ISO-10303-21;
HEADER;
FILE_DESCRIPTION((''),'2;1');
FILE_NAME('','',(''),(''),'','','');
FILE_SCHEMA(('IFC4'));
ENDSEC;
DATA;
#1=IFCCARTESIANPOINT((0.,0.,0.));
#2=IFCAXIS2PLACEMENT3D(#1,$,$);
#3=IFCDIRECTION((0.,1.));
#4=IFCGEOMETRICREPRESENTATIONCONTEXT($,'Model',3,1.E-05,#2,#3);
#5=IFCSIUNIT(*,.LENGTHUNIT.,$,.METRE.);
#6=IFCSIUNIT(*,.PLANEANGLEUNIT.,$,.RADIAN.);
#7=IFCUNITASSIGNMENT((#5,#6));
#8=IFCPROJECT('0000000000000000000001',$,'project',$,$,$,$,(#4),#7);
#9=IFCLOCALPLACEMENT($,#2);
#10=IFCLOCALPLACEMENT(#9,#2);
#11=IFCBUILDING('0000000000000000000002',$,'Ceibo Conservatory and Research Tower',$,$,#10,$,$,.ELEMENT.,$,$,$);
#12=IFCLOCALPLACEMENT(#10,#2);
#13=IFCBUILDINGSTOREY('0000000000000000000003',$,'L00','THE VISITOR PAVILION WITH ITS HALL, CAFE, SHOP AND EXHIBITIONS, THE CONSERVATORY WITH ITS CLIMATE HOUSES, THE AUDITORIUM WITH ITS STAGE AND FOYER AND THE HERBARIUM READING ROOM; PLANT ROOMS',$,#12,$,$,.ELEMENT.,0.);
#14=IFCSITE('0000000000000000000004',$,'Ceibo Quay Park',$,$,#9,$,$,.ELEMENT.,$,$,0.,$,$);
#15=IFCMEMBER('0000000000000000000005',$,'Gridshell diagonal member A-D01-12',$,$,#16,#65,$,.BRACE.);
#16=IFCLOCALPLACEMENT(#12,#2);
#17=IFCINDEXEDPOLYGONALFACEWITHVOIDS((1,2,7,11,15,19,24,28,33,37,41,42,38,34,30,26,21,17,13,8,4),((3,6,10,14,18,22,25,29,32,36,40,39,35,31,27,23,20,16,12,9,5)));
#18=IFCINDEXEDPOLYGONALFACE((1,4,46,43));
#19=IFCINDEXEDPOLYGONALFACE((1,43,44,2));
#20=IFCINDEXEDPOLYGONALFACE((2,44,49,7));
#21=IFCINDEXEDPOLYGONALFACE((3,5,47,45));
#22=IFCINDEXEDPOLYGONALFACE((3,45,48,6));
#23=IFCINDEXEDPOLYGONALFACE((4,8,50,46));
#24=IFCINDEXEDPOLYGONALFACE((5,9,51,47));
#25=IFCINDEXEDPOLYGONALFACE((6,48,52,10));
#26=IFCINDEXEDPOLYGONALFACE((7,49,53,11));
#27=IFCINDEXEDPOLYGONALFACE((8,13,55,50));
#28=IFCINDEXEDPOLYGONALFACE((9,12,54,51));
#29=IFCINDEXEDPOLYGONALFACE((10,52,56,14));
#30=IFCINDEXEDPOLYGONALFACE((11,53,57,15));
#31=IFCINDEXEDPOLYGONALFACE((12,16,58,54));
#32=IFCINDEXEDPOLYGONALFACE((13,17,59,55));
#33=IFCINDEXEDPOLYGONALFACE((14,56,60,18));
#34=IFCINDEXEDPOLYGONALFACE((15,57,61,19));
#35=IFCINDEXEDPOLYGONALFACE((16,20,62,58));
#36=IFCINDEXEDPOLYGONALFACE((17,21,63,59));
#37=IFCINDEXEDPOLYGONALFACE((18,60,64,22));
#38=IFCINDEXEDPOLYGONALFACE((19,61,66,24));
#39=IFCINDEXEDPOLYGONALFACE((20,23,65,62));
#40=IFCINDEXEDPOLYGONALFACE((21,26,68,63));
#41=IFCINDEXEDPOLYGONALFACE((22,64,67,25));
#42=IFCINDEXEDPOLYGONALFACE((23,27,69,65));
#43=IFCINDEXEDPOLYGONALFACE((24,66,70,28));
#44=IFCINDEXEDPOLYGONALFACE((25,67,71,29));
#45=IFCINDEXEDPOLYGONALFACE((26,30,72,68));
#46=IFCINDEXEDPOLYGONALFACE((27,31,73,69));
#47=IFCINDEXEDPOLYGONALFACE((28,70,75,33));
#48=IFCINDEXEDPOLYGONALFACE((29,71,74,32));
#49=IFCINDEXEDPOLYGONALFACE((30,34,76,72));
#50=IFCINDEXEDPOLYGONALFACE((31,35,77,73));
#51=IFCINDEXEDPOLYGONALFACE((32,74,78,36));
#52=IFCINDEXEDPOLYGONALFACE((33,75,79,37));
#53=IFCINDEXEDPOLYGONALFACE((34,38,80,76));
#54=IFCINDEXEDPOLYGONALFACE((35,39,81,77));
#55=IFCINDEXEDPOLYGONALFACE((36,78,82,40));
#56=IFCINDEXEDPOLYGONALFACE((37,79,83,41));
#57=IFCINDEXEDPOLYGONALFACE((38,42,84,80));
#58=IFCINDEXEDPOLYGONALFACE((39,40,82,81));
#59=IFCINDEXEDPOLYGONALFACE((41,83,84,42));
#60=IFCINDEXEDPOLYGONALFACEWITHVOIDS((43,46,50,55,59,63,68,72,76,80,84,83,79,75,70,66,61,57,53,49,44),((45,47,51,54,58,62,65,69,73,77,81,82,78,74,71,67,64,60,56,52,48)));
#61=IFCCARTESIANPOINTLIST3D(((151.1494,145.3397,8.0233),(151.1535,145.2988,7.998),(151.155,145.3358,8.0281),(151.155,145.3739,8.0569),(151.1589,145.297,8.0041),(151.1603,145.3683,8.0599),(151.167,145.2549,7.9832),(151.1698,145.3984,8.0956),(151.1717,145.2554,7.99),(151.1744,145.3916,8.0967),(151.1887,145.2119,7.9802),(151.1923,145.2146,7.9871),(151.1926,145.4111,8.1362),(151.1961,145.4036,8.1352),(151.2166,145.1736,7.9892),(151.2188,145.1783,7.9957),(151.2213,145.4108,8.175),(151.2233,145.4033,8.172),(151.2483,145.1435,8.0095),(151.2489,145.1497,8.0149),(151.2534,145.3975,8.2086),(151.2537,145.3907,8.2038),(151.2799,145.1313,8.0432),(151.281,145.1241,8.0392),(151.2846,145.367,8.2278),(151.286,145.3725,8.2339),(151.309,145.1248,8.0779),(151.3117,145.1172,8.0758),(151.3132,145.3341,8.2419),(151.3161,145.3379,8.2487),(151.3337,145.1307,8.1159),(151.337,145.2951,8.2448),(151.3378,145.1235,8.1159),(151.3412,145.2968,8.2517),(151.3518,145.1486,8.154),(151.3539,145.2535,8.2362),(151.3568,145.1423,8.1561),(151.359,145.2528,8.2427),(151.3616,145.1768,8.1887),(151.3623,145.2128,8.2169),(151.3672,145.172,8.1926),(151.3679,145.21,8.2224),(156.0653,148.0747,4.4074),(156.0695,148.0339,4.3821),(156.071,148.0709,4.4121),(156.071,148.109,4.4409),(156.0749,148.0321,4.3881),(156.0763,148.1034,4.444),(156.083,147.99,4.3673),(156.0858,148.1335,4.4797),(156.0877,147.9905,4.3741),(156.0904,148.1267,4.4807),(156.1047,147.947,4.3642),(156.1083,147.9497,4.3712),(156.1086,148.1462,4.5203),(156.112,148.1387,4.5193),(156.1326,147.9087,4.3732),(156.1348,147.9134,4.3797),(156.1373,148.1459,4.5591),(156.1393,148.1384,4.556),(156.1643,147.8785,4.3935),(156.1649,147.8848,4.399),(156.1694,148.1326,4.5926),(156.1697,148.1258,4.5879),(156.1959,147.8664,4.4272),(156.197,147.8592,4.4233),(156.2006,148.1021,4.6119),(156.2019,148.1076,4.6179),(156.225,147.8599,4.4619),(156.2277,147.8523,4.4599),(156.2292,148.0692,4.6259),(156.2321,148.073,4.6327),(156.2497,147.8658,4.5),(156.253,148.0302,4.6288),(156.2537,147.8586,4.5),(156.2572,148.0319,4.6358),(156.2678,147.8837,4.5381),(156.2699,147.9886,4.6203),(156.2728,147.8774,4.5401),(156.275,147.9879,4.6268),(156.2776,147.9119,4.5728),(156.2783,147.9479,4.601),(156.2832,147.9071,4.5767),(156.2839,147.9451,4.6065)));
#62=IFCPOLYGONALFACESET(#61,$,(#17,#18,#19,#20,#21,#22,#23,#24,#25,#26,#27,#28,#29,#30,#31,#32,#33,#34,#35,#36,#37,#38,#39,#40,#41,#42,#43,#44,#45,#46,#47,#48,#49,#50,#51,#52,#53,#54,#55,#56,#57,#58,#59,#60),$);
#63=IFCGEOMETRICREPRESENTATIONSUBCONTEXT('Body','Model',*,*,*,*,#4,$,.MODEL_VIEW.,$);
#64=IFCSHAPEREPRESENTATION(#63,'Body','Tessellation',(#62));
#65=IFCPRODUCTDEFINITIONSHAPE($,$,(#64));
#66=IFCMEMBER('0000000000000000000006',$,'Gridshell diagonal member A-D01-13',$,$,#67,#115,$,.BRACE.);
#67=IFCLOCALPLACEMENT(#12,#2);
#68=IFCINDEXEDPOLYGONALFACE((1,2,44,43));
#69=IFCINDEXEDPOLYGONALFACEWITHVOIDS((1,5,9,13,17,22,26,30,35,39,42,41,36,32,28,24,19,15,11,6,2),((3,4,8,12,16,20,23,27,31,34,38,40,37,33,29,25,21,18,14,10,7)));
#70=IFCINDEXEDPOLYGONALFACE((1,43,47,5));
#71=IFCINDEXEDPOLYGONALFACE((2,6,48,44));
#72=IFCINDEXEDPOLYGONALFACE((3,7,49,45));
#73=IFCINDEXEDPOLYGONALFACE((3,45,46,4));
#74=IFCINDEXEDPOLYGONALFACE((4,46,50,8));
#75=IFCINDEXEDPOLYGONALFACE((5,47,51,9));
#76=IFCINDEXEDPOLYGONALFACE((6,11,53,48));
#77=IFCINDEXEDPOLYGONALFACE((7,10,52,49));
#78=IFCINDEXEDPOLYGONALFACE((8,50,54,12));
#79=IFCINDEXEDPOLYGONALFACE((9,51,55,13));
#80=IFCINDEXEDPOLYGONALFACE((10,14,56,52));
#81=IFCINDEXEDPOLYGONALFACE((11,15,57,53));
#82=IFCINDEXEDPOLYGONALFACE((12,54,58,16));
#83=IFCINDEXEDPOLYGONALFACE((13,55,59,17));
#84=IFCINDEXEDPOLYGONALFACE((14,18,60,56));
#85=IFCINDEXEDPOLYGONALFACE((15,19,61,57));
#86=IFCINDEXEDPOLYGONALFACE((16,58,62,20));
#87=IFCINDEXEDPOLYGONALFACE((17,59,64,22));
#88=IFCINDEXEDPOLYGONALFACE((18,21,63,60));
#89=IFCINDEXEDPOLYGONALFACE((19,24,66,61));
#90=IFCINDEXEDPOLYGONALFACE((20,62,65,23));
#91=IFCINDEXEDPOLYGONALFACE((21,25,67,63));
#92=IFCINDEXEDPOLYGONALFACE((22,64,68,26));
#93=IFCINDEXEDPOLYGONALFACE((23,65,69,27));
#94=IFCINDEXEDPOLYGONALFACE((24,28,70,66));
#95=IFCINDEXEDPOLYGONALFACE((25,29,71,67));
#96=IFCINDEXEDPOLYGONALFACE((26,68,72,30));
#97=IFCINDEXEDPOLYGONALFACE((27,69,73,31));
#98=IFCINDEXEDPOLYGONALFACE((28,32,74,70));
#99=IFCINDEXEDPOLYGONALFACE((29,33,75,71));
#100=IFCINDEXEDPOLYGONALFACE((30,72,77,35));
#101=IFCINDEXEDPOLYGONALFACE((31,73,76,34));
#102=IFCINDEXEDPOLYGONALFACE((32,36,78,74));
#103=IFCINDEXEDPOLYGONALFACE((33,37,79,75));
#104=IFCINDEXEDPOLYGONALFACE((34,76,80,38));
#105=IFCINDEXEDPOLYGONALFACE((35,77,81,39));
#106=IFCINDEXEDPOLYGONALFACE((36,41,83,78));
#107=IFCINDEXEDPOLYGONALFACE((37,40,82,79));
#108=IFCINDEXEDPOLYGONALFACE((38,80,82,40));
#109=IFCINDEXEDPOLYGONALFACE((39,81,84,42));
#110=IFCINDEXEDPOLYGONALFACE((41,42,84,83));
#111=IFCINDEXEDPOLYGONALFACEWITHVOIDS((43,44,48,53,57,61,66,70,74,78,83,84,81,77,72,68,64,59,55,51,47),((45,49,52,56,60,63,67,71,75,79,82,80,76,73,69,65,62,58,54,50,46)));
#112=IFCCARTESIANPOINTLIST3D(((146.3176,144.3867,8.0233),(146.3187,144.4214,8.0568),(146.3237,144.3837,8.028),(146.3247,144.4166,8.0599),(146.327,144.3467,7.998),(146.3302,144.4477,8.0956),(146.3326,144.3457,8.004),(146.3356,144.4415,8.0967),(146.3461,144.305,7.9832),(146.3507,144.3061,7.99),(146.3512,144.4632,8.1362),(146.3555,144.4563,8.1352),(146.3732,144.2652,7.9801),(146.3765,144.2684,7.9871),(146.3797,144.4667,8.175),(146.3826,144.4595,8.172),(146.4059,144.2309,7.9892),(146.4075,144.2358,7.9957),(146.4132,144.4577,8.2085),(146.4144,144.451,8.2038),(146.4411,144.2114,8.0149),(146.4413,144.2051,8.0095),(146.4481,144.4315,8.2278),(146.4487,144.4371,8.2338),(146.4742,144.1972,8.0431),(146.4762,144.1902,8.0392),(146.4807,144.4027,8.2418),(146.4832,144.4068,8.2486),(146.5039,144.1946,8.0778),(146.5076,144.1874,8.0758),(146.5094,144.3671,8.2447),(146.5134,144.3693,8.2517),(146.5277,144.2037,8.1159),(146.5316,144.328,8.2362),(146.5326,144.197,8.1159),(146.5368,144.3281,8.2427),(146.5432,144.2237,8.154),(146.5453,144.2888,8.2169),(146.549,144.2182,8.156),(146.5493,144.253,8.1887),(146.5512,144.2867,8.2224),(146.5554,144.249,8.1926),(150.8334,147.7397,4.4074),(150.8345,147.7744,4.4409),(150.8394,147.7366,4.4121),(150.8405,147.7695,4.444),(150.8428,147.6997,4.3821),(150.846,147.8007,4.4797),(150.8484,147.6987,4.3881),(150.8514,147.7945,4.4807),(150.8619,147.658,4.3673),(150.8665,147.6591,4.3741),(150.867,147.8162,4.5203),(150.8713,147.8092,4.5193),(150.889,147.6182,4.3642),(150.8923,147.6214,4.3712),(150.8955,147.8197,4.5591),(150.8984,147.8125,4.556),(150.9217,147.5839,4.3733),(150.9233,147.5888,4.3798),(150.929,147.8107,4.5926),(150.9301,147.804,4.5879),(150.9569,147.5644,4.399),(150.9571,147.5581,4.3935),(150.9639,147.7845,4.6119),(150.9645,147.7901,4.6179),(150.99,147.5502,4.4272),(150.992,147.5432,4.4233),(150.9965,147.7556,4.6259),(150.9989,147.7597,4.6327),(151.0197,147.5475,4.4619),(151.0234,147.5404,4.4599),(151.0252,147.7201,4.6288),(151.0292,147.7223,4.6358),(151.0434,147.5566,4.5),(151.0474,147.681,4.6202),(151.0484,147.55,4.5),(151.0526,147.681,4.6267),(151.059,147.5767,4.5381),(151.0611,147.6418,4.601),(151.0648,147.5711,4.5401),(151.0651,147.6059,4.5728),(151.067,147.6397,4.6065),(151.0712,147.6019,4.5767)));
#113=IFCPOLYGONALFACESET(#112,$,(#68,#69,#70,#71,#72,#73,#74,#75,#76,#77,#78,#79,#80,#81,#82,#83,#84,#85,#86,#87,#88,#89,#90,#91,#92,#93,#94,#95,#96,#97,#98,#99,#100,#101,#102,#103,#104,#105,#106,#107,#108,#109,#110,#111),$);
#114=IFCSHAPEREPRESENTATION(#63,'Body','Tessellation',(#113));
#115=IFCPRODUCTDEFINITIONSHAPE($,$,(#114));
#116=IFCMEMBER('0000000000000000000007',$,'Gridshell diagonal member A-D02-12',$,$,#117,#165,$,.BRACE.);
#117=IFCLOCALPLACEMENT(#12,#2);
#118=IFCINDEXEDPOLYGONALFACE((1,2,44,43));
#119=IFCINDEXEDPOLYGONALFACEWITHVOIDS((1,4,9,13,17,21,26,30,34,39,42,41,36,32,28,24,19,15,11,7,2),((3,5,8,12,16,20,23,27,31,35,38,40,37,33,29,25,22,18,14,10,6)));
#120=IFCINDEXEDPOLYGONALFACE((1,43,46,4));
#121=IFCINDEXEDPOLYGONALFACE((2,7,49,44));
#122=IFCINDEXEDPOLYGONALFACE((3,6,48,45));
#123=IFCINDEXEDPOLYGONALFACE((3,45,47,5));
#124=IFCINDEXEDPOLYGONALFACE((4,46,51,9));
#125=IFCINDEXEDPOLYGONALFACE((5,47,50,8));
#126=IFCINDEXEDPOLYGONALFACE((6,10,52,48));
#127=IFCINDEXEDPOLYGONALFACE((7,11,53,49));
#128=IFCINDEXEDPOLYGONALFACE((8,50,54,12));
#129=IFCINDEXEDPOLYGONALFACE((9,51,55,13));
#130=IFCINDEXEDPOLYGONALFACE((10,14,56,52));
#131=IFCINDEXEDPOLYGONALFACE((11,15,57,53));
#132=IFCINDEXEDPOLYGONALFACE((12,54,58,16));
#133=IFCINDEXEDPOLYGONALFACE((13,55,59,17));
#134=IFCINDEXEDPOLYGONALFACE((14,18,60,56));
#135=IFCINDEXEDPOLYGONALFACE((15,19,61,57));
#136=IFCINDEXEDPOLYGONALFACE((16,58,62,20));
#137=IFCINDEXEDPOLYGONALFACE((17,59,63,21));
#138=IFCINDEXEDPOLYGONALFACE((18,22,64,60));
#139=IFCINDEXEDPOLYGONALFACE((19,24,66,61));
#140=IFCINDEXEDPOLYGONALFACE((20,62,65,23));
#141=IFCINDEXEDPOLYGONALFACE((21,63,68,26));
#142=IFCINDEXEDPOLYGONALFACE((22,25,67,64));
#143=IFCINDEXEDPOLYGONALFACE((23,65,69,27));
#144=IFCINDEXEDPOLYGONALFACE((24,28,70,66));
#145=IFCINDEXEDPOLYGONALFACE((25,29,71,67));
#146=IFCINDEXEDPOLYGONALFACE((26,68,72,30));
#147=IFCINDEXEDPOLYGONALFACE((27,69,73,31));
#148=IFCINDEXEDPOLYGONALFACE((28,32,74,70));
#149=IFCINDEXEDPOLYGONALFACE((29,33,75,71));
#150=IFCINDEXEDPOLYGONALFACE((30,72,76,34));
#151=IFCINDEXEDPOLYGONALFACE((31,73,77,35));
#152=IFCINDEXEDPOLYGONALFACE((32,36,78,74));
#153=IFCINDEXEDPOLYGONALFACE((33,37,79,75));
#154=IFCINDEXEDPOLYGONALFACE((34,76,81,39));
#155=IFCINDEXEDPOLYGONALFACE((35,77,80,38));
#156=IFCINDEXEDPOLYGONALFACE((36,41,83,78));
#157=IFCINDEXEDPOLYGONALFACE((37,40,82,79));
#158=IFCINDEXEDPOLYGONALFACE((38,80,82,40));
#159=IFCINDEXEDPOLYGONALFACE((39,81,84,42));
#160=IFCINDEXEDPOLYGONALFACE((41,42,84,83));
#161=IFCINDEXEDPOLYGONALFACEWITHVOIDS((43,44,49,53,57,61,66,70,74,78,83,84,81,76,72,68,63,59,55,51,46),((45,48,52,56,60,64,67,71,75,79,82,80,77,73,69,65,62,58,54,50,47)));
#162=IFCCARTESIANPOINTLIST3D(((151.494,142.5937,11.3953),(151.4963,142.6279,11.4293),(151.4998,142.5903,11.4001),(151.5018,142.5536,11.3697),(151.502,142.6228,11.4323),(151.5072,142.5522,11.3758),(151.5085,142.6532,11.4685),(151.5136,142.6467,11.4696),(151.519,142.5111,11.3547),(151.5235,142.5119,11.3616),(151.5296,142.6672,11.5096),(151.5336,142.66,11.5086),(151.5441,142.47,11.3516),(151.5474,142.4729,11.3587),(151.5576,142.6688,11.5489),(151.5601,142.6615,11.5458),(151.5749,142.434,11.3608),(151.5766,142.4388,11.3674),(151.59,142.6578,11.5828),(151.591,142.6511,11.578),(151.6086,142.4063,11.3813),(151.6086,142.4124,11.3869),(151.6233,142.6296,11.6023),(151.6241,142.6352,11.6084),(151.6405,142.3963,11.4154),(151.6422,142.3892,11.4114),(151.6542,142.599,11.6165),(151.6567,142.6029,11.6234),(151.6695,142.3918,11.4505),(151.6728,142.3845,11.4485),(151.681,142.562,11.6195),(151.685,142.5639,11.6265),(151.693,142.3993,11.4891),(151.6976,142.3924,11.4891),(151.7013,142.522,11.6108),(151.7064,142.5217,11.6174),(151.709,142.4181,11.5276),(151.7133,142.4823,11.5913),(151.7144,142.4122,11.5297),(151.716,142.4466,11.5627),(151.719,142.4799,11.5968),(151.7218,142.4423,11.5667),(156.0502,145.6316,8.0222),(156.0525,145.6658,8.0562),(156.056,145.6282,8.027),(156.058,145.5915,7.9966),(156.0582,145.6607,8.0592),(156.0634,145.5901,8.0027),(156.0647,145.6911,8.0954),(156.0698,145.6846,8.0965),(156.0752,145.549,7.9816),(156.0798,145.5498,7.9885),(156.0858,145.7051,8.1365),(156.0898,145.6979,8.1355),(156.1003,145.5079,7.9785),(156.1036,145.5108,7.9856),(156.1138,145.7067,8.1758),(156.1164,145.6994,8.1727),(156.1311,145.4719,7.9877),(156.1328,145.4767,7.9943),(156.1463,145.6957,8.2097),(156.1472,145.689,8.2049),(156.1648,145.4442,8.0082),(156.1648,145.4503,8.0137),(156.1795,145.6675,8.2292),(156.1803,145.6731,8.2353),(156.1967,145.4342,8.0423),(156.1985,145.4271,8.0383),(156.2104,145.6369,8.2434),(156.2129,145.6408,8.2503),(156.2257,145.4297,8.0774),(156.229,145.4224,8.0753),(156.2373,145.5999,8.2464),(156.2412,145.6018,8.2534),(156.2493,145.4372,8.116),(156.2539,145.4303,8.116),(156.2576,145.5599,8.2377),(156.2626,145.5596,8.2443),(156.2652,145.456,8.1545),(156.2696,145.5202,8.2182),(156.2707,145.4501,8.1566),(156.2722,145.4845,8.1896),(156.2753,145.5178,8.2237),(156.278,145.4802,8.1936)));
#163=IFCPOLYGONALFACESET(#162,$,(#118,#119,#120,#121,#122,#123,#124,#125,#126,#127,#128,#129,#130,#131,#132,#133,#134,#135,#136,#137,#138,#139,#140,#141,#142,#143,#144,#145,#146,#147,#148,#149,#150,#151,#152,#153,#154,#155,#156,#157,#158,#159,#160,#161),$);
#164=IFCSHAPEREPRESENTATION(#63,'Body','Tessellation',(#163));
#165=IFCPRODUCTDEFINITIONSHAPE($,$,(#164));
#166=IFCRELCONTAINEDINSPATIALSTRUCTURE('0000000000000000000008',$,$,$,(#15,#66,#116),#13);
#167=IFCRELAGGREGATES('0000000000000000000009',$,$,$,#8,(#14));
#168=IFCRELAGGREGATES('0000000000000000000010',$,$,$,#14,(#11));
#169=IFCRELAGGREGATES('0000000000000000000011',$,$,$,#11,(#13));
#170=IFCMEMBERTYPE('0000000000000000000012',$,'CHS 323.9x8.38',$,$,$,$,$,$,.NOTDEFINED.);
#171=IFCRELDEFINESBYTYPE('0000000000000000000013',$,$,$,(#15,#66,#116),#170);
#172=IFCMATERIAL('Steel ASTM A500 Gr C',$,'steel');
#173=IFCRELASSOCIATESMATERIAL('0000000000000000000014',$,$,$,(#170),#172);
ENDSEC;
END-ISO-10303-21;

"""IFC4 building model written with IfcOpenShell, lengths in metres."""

from ifc_helpers import new_model, si_unit, direction, frame, origin, origin_2d, place, context, subcontext, project, spatial, hollow_circle, extrude, material, material_profile, profile_set, type_object, element, save


model = new_model("IFC4")

# Units and contexts
model_context = context("Model", 3, precision=1e-05, world=origin(), true_north=direction((0.0, 1.0)))
body_context = subcontext(model_context, "Body", "Model", "MODEL_VIEW")
ifc_project = project(units=[si_unit("LENGTHUNIT", "METRE"), si_unit("PLANEANGLEUNIT", "RADIAN")], contexts=[model_context])

# Site, building, storey
site_placement = place(None, origin())
site = spatial("IfcSite", under=ifc_project, at=site_placement, Name="Ceibo Quay Park", CompositionType="ELEMENT", RefElevation=0.0)
building_placement = place(site_placement, origin())
building = spatial("IfcBuilding", under=site, at=building_placement, Name="Ceibo Conservatory and Research Tower", CompositionType="ELEMENT")
storey_placement = place(building_placement, origin())
storey = spatial("IfcBuildingStorey", under=building, at=storey_placement, Name="L00", Description="THE VISITOR PAVILION WITH ITS HALL, CAFE, SHOP AND EXHIBITIONS, THE CONSERVATORY WITH ITS CLIMATE HOUSES, THE AUDITORIUM WITH ITS STAGE AND FOYER AND THE HERBARIUM READING ROOM; PLANT ROOMS", CompositionType="ELEMENT", Elevation=0.0)

# Members
ifc_material_1 = material(Name="Steel ASTM A500 Gr C", Category="steel")
ifc_material_profile_1 = material_profile(ifc_material_1, hollow_circle(Radius=0.1619, WallThickness=0.0083, at=origin_2d()), Name="CHS 323.9x8.38")
ifc_profile_set_1 = profile_set([ifc_material_profile_1], Name="Steel ASTM A500 Gr C")
member_type_1 = type_object("IfcMemberType", Name="CHS 323.9x8.38", PredefinedType="NOTDEFINED", material=ifc_profile_set_1)
member_1_placement = place(storey_placement, frame((156.175, 148.0, 4.5), z_axis=(-0.7351, -0.408985, 0.540702), x_axis=(0.486184, -0.873856, 0.0)))
element("IfcMember", 1, at=member_1_placement, inside=storey, type_object=member_type_1, Name="Gridshell diagonal member A-D01-12", PredefinedType="BRACE", context=body_context, shape_type="SweptSolid", body=[
    extrude(hollow_circle(Radius=0.1619, WallThickness=0.0083, at=origin_2d()), origin(), (0.0, 0.0, 1.0), 6.6875),
])
member_2_placement = place(storey_placement, frame((150.9519, 147.6799, 4.5), z_axis=(-0.675358, -0.501452, 0.540775), x_axis=(0.596139, -0.802882, 0.0)))
element("IfcMember", 2, at=member_2_placement, inside=storey, type_object=member_type_1, Name="Gridshell diagonal member A-D01-13", PredefinedType="BRACE", context=body_context, shape_type="SweptSolid", body=[
    extrude(hollow_circle(Radius=0.1619, WallThickness=0.0083, at=origin_2d()), origin(), (0.0, 0.0, 1.0), 6.6865),
])
member_3_placement = place(storey_placement, frame((156.1641, 145.5649, 8.116), z_axis=(-0.70841, -0.472337, 0.524456), x_axis=(0.554752, -0.832016, 0.0)))
element("IfcMember", 3, at=member_3_placement, inside=storey, type_object=member_type_1, Name="Gridshell diagonal member A-D02-12", PredefinedType="BRACE", context=body_context, shape_type="SweptSolid", body=[
    extrude(hollow_circle(Radius=0.1619, WallThickness=0.0083, at=origin_2d()), origin(), (0.0, 0.0, 1.0), 6.4316),
])

save(model, "model.ifc")
